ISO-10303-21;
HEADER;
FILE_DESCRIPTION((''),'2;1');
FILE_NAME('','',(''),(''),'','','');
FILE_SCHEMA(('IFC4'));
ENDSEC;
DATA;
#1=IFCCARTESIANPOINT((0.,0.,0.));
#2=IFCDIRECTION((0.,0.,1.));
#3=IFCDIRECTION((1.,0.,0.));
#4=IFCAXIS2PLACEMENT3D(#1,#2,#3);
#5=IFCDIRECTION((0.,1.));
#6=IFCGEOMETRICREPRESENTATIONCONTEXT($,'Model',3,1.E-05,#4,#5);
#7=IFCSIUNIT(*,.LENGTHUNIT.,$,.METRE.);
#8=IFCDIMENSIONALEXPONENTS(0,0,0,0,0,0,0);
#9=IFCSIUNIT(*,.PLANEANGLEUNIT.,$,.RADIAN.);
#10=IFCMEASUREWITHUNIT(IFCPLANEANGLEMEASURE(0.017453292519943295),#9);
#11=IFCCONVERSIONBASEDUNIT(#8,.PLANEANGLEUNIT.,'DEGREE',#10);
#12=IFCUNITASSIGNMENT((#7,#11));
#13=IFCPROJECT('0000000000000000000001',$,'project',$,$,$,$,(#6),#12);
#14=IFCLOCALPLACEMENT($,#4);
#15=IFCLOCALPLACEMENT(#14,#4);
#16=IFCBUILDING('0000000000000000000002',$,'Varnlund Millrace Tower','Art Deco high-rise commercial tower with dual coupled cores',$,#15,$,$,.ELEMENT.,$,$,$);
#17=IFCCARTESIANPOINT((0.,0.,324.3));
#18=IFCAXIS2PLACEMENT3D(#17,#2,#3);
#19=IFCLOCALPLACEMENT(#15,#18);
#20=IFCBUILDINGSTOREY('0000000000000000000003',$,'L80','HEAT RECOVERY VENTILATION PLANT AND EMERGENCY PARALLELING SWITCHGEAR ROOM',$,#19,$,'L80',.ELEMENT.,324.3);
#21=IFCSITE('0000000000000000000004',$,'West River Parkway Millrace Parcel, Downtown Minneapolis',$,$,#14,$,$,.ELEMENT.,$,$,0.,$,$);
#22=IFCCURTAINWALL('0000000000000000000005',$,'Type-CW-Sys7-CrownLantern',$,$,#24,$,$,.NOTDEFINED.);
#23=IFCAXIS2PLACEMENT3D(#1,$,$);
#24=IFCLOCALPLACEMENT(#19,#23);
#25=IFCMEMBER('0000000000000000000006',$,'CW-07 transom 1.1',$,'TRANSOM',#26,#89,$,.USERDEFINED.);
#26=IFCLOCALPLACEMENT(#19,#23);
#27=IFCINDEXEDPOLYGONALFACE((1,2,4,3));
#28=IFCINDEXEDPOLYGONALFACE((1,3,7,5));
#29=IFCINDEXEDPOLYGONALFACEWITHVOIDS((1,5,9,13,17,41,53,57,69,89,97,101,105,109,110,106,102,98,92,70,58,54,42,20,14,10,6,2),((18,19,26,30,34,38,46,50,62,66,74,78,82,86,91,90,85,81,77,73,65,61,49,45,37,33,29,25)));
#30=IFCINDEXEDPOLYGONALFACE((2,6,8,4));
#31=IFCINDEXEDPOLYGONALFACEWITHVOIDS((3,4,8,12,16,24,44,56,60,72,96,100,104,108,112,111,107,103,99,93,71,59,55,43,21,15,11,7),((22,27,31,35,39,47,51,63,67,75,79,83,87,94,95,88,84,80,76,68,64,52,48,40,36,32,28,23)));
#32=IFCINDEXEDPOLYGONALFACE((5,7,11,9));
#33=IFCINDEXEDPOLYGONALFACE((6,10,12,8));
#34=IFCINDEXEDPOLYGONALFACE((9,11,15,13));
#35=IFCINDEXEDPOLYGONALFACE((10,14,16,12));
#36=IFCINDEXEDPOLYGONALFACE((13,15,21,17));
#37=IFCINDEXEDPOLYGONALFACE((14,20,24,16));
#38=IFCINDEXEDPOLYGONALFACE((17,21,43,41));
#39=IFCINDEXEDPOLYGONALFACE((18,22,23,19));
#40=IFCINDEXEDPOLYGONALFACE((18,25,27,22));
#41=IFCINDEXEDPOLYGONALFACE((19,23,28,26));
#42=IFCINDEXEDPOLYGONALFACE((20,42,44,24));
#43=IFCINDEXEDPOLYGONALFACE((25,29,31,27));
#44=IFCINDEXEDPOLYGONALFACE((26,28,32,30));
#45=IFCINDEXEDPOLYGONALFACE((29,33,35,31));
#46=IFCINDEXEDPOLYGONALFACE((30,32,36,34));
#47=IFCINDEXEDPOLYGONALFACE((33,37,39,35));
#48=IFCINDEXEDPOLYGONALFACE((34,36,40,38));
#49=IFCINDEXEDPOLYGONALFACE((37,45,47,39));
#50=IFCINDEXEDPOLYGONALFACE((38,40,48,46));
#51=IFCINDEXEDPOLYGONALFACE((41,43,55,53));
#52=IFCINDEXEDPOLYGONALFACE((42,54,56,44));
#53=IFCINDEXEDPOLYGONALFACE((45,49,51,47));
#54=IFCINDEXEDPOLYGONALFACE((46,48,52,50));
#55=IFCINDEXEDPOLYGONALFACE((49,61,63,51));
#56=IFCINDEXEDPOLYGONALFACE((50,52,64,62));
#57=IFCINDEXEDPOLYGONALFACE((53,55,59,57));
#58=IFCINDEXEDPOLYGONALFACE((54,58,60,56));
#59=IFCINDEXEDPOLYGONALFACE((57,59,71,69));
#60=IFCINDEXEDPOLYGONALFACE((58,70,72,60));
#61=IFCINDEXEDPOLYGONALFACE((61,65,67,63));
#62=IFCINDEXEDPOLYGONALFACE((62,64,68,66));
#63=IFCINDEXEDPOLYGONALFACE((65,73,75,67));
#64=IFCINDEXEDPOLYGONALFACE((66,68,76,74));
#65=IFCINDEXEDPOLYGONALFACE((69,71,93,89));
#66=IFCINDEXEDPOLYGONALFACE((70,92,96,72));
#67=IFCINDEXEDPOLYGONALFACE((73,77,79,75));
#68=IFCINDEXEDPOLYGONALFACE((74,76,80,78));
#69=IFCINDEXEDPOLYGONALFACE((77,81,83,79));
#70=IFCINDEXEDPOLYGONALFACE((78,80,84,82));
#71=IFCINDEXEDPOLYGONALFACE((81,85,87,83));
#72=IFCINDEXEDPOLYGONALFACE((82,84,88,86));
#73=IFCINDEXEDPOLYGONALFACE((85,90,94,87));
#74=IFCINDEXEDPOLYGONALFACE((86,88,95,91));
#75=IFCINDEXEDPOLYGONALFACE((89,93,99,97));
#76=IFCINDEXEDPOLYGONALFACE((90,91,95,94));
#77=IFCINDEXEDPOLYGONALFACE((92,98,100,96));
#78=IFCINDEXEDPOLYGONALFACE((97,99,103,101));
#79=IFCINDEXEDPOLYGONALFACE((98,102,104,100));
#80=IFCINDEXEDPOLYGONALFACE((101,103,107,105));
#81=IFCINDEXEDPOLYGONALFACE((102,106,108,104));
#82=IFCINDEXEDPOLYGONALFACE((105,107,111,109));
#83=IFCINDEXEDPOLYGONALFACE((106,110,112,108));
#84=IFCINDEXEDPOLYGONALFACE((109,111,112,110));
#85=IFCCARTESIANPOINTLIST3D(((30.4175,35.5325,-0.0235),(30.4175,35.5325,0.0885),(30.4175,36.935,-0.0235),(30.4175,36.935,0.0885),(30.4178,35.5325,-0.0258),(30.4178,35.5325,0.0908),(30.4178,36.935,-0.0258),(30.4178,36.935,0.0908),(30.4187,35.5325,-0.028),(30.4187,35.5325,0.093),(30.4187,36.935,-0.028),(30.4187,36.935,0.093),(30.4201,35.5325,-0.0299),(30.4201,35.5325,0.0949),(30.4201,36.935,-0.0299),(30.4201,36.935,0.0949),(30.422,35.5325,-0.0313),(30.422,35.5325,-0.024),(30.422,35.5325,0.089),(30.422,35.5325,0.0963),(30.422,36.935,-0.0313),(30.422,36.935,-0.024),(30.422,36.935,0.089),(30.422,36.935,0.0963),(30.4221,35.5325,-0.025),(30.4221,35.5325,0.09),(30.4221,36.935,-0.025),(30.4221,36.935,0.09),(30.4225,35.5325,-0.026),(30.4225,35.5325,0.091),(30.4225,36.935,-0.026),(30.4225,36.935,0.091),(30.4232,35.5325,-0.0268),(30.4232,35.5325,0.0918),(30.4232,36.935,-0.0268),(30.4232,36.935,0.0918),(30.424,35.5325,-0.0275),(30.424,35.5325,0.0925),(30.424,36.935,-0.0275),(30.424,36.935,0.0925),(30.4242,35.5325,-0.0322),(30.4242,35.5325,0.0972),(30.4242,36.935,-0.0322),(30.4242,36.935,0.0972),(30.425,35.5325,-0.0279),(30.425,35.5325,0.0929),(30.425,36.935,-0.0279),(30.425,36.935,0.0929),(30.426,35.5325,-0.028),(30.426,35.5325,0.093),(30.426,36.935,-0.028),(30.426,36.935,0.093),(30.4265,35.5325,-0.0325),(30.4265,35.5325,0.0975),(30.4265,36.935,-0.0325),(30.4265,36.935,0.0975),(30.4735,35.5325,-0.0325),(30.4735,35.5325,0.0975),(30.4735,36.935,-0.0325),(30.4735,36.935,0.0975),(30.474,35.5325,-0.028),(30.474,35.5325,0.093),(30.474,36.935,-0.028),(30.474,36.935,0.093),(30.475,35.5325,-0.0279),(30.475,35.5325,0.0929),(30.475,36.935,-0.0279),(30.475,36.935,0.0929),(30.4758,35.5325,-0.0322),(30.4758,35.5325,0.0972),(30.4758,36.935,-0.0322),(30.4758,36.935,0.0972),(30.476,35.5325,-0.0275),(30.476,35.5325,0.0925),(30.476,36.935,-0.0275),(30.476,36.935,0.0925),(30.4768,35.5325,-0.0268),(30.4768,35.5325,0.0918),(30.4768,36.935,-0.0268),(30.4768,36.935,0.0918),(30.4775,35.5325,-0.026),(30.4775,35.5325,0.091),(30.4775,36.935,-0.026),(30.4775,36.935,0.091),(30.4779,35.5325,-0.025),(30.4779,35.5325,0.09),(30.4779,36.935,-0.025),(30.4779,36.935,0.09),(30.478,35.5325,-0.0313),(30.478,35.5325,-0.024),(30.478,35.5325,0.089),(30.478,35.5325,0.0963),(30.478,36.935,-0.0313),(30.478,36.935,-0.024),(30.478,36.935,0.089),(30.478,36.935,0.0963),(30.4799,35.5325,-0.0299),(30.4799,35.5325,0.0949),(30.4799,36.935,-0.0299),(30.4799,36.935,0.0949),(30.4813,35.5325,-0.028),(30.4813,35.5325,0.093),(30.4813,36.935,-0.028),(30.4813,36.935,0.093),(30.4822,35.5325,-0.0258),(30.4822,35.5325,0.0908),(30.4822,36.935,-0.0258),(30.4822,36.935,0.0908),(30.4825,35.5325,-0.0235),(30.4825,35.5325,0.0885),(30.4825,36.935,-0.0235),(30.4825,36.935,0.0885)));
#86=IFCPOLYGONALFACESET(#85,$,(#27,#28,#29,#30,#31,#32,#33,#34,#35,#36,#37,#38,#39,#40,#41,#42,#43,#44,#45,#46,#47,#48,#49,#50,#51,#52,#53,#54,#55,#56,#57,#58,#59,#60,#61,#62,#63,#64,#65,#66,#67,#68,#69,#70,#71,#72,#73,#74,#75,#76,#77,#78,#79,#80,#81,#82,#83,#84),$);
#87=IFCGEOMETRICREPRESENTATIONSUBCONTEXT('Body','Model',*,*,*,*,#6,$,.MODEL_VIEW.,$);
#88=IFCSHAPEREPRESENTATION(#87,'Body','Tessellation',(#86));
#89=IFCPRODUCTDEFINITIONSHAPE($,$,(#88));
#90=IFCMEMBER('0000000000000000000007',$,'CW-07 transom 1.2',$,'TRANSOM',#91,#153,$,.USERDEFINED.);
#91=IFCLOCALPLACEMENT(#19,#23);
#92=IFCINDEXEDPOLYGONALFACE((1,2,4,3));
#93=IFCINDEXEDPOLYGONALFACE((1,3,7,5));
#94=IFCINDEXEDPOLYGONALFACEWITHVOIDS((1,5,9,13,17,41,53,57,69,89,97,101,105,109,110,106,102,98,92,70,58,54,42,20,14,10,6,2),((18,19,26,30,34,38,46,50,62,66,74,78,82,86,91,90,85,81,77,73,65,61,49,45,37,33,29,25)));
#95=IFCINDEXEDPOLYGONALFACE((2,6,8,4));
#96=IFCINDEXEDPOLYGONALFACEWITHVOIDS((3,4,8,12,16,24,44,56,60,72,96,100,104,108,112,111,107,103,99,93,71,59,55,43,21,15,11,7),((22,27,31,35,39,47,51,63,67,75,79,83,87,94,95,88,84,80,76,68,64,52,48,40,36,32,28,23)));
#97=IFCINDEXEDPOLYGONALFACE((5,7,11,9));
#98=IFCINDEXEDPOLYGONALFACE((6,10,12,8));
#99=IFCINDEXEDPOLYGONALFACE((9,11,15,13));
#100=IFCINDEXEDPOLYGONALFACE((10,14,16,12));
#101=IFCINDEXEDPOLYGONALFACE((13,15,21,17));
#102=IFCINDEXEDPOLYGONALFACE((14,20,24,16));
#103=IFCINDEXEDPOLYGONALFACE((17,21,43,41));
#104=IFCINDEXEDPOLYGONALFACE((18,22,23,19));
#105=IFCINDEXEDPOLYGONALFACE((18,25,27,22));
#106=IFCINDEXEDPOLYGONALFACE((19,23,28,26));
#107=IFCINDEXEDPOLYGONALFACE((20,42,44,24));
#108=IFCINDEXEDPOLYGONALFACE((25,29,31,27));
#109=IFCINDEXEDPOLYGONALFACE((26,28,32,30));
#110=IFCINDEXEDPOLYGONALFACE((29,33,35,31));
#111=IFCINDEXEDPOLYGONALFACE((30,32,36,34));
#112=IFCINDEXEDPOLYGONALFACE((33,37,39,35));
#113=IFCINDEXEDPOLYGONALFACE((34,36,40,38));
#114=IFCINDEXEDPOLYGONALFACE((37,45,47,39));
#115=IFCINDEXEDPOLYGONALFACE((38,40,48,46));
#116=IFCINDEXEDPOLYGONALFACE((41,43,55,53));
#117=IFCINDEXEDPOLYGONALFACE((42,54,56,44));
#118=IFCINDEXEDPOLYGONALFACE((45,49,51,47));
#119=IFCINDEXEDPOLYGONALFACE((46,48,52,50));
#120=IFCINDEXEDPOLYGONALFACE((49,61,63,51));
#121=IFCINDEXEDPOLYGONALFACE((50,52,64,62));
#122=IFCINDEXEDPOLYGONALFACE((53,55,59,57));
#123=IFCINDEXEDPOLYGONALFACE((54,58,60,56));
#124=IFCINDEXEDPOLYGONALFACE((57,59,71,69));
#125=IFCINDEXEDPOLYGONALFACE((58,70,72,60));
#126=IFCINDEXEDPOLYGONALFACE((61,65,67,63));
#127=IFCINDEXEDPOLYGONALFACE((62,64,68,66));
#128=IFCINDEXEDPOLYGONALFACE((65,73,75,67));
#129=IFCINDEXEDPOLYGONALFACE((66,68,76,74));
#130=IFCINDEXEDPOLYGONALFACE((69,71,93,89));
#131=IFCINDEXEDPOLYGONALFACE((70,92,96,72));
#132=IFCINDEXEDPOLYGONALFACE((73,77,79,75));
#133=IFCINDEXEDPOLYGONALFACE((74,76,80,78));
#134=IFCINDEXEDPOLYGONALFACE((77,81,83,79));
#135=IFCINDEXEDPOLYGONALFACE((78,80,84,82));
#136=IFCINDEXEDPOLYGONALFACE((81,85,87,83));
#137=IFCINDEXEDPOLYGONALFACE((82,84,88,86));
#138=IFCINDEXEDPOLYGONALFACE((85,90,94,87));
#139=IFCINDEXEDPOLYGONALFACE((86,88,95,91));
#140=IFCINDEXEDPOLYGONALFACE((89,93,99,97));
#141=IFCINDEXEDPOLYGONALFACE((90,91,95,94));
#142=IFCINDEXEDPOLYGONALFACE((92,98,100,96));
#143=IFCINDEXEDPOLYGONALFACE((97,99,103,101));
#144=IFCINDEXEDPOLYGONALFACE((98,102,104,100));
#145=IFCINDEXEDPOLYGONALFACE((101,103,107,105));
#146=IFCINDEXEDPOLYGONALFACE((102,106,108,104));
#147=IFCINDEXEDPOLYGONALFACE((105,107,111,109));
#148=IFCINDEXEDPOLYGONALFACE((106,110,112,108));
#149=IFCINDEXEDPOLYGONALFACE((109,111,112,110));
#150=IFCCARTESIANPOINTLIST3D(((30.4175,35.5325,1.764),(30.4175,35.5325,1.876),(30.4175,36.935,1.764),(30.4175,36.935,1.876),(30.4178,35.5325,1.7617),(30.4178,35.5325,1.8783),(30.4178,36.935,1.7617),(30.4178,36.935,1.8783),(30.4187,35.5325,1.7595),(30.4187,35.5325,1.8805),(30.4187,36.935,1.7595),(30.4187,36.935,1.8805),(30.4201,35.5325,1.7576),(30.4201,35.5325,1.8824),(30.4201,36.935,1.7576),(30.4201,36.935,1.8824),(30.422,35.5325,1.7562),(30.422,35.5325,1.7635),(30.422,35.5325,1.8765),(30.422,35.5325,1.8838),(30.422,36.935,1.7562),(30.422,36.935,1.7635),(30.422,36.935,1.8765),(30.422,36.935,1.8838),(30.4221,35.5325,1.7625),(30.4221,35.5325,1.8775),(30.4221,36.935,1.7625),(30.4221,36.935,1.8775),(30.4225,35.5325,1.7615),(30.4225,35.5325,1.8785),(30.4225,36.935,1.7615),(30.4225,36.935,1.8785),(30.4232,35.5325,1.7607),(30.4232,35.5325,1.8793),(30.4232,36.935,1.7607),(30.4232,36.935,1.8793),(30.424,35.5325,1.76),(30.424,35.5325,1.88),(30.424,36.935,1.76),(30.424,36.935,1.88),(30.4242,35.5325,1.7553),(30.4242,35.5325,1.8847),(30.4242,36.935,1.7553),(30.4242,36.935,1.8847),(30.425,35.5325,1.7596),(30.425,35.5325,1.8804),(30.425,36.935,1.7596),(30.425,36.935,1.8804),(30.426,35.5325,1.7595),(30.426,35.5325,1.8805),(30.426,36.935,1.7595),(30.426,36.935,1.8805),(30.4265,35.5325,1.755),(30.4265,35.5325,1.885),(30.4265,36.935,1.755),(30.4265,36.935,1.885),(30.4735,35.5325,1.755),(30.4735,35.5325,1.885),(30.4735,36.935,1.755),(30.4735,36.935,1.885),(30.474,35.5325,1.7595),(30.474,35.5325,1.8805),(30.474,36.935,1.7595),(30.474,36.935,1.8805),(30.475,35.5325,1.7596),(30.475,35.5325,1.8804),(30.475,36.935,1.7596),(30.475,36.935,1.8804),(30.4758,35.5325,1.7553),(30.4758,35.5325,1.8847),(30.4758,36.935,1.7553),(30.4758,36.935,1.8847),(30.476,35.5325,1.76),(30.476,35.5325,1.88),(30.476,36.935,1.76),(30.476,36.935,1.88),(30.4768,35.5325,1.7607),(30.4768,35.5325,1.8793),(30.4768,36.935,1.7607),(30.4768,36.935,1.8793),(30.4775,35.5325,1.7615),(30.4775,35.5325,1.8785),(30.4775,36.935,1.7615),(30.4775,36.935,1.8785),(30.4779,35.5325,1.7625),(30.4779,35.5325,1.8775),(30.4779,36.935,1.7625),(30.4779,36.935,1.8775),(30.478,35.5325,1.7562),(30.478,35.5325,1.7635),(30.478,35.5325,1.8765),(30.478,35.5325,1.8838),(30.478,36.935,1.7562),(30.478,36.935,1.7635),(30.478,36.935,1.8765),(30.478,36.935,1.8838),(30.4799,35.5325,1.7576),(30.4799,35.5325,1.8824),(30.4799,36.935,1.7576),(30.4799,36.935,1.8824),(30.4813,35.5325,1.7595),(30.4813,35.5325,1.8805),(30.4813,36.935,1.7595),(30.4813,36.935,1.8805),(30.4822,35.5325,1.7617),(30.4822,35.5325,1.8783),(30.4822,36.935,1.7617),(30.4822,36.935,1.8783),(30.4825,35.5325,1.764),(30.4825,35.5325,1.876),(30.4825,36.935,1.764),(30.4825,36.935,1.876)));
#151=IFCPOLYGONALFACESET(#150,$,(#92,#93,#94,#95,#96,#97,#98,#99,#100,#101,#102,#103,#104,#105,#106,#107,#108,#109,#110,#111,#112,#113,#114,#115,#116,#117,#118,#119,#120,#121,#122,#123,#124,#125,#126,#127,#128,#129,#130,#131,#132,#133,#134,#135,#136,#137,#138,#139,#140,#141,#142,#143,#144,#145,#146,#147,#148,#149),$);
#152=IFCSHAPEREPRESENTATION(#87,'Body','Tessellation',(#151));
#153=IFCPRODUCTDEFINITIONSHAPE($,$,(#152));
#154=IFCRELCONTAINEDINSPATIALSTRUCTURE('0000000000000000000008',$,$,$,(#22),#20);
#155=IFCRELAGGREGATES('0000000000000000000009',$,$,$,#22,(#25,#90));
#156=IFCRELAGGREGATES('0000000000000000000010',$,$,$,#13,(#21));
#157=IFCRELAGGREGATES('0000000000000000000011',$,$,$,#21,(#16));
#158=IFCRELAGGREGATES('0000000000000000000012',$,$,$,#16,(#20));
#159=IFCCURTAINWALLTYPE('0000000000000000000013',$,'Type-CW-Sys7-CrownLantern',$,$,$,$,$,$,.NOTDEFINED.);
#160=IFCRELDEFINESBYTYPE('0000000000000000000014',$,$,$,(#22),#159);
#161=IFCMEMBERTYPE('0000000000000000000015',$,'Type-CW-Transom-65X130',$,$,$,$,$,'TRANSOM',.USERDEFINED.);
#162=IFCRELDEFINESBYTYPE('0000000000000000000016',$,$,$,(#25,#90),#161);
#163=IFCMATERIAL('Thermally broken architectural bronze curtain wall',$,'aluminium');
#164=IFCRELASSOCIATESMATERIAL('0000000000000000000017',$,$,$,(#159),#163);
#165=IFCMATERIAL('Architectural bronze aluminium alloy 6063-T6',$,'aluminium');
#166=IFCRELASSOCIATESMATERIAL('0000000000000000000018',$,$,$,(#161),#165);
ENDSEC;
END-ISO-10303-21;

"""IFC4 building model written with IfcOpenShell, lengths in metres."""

from ifc_helpers import new_model, entity, si_unit, converted_unit, direction, frame, origin_with_axes, origin_2d_with_axis, place, context, subcontext, project, spatial, hollow_rectangle, extrude, material, material_profile, profile_set, type_object, element, aggregate, save


model = new_model("IFC4")

# Units and contexts
model_context = context("Model", 3, precision=1e-05, world=origin_with_axes(), true_north=direction((0.0, 1.0)))
body_context = subcontext(model_context, "Body", "Model", "MODEL_VIEW")
ifc_project = project(units=[si_unit("LENGTHUNIT", "METRE"), converted_unit("PLANEANGLEUNIT", "DEGREE", entity("IfcPlaneAngleMeasure", 0.017453292519943295), si_unit("PLANEANGLEUNIT", "RADIAN"), dimensions=[0, 0, 0, 0, 0, 0, 0])], contexts=[model_context])

# Site, building, storey
site_placement = place(None, origin_with_axes())
site = spatial("IfcSite", under=ifc_project, at=site_placement, Name="West River Parkway Millrace Parcel, Downtown Minneapolis", CompositionType="ELEMENT", RefElevation=0.0)
building_placement = place(site_placement, origin_with_axes())
building = spatial("IfcBuilding", under=site, at=building_placement, Name="Varnlund Millrace Tower", Description="Art Deco high-rise commercial tower with dual coupled cores", CompositionType="ELEMENT")
storey_placement = place(building_placement, frame((0.0, 0.0, 324.3), z_axis=(0.0, 0.0, 1.0), x_axis=(1.0, 0.0, 0.0)))
storey = spatial("IfcBuildingStorey", under=building, at=storey_placement, Name="L80", Description="HEAT RECOVERY VENTILATION PLANT AND EMERGENCY PARALLELING SWITCHGEAR ROOM", LongName="L80", CompositionType="ELEMENT", Elevation=324.3)

# Curtain wall, members
ifc_material_1 = material(Name="Thermally broken architectural bronze curtain wall", Category="aluminium")
curtain_wall_type = type_object("IfcCurtainWallType", Name="Type-CW-Sys7-CrownLantern", PredefinedType="NOTDEFINED", material=ifc_material_1)
curtain_wall_1_placement = place(storey_placement, frame((30.45, 37.0, 0.0), z_axis=(0.0, 0.0, 1.0), x_axis=(1.0, 0.0, 0.0)))
curtain_wall_1 = element("IfcCurtainWall", 1, at=curtain_wall_1_placement, inside=storey, type_object=curtain_wall_type, Name="Type-CW-Sys7-CrownLantern", PredefinedType="NOTDEFINED")
ifc_material_2 = material(Name="Architectural bronze aluminium alloy 6063-T6", Category="aluminium")
ifc_material_profile_1 = material_profile(ifc_material_2, hollow_rectangle(XDim=0.065, YDim=0.13, WallThickness=0.0045, InnerFilletRadius=0.004, OuterFilletRadius=0.009, at=origin_2d_with_axis()), Name="Architectural bronze aluminium alloy 6063-T6")
ifc_profile_set_1 = profile_set([ifc_material_profile_1], Name="Architectural bronze aluminium alloy 6063-T6")
member_type = type_object("IfcMemberType", Name="Type-CW-Transom-65X130", ElementType="TRANSOM", PredefinedType="USERDEFINED", material=ifc_profile_set_1)
member_1_placement = place(storey_placement, frame((30.45, 36.935, 0.0325), z_axis=(0.0, -1.0, 0.0), x_axis=(1.0, 0.0, 0.0)))
member_1 = element("IfcMember", 2, at=member_1_placement, type_object=member_type, Name="CW-07 transom 1.1", ObjectType="TRANSOM", PredefinedType="USERDEFINED", context=body_context, shape_type="SweptSolid", body=[
    extrude(hollow_rectangle(XDim=0.065, YDim=0.13, WallThickness=0.0045, InnerFilletRadius=0.004, OuterFilletRadius=0.009, at=origin_2d_with_axis()), origin_with_axes(), (0.0, 0.0, 1.0), 1.4025),
])
member_2_placement = place(storey_placement, frame((30.45, 36.935, 1.82), z_axis=(0.0, -1.0, 0.0), x_axis=(1.0, 0.0, 0.0)))
member_2 = element("IfcMember", 3, at=member_2_placement, type_object=member_type, Name="CW-07 transom 1.2", ObjectType="TRANSOM", PredefinedType="USERDEFINED", context=body_context, shape_type="SweptSolid", body=[
    extrude(hollow_rectangle(XDim=0.065, YDim=0.13, WallThickness=0.0045, InnerFilletRadius=0.004, OuterFilletRadius=0.009, at=origin_2d_with_axis()), origin_with_axes(), (0.0, 0.0, 1.0), 1.4025),
])

aggregate(curtain_wall_1, [member_1, member_2])

save(model, "model.ifc")
